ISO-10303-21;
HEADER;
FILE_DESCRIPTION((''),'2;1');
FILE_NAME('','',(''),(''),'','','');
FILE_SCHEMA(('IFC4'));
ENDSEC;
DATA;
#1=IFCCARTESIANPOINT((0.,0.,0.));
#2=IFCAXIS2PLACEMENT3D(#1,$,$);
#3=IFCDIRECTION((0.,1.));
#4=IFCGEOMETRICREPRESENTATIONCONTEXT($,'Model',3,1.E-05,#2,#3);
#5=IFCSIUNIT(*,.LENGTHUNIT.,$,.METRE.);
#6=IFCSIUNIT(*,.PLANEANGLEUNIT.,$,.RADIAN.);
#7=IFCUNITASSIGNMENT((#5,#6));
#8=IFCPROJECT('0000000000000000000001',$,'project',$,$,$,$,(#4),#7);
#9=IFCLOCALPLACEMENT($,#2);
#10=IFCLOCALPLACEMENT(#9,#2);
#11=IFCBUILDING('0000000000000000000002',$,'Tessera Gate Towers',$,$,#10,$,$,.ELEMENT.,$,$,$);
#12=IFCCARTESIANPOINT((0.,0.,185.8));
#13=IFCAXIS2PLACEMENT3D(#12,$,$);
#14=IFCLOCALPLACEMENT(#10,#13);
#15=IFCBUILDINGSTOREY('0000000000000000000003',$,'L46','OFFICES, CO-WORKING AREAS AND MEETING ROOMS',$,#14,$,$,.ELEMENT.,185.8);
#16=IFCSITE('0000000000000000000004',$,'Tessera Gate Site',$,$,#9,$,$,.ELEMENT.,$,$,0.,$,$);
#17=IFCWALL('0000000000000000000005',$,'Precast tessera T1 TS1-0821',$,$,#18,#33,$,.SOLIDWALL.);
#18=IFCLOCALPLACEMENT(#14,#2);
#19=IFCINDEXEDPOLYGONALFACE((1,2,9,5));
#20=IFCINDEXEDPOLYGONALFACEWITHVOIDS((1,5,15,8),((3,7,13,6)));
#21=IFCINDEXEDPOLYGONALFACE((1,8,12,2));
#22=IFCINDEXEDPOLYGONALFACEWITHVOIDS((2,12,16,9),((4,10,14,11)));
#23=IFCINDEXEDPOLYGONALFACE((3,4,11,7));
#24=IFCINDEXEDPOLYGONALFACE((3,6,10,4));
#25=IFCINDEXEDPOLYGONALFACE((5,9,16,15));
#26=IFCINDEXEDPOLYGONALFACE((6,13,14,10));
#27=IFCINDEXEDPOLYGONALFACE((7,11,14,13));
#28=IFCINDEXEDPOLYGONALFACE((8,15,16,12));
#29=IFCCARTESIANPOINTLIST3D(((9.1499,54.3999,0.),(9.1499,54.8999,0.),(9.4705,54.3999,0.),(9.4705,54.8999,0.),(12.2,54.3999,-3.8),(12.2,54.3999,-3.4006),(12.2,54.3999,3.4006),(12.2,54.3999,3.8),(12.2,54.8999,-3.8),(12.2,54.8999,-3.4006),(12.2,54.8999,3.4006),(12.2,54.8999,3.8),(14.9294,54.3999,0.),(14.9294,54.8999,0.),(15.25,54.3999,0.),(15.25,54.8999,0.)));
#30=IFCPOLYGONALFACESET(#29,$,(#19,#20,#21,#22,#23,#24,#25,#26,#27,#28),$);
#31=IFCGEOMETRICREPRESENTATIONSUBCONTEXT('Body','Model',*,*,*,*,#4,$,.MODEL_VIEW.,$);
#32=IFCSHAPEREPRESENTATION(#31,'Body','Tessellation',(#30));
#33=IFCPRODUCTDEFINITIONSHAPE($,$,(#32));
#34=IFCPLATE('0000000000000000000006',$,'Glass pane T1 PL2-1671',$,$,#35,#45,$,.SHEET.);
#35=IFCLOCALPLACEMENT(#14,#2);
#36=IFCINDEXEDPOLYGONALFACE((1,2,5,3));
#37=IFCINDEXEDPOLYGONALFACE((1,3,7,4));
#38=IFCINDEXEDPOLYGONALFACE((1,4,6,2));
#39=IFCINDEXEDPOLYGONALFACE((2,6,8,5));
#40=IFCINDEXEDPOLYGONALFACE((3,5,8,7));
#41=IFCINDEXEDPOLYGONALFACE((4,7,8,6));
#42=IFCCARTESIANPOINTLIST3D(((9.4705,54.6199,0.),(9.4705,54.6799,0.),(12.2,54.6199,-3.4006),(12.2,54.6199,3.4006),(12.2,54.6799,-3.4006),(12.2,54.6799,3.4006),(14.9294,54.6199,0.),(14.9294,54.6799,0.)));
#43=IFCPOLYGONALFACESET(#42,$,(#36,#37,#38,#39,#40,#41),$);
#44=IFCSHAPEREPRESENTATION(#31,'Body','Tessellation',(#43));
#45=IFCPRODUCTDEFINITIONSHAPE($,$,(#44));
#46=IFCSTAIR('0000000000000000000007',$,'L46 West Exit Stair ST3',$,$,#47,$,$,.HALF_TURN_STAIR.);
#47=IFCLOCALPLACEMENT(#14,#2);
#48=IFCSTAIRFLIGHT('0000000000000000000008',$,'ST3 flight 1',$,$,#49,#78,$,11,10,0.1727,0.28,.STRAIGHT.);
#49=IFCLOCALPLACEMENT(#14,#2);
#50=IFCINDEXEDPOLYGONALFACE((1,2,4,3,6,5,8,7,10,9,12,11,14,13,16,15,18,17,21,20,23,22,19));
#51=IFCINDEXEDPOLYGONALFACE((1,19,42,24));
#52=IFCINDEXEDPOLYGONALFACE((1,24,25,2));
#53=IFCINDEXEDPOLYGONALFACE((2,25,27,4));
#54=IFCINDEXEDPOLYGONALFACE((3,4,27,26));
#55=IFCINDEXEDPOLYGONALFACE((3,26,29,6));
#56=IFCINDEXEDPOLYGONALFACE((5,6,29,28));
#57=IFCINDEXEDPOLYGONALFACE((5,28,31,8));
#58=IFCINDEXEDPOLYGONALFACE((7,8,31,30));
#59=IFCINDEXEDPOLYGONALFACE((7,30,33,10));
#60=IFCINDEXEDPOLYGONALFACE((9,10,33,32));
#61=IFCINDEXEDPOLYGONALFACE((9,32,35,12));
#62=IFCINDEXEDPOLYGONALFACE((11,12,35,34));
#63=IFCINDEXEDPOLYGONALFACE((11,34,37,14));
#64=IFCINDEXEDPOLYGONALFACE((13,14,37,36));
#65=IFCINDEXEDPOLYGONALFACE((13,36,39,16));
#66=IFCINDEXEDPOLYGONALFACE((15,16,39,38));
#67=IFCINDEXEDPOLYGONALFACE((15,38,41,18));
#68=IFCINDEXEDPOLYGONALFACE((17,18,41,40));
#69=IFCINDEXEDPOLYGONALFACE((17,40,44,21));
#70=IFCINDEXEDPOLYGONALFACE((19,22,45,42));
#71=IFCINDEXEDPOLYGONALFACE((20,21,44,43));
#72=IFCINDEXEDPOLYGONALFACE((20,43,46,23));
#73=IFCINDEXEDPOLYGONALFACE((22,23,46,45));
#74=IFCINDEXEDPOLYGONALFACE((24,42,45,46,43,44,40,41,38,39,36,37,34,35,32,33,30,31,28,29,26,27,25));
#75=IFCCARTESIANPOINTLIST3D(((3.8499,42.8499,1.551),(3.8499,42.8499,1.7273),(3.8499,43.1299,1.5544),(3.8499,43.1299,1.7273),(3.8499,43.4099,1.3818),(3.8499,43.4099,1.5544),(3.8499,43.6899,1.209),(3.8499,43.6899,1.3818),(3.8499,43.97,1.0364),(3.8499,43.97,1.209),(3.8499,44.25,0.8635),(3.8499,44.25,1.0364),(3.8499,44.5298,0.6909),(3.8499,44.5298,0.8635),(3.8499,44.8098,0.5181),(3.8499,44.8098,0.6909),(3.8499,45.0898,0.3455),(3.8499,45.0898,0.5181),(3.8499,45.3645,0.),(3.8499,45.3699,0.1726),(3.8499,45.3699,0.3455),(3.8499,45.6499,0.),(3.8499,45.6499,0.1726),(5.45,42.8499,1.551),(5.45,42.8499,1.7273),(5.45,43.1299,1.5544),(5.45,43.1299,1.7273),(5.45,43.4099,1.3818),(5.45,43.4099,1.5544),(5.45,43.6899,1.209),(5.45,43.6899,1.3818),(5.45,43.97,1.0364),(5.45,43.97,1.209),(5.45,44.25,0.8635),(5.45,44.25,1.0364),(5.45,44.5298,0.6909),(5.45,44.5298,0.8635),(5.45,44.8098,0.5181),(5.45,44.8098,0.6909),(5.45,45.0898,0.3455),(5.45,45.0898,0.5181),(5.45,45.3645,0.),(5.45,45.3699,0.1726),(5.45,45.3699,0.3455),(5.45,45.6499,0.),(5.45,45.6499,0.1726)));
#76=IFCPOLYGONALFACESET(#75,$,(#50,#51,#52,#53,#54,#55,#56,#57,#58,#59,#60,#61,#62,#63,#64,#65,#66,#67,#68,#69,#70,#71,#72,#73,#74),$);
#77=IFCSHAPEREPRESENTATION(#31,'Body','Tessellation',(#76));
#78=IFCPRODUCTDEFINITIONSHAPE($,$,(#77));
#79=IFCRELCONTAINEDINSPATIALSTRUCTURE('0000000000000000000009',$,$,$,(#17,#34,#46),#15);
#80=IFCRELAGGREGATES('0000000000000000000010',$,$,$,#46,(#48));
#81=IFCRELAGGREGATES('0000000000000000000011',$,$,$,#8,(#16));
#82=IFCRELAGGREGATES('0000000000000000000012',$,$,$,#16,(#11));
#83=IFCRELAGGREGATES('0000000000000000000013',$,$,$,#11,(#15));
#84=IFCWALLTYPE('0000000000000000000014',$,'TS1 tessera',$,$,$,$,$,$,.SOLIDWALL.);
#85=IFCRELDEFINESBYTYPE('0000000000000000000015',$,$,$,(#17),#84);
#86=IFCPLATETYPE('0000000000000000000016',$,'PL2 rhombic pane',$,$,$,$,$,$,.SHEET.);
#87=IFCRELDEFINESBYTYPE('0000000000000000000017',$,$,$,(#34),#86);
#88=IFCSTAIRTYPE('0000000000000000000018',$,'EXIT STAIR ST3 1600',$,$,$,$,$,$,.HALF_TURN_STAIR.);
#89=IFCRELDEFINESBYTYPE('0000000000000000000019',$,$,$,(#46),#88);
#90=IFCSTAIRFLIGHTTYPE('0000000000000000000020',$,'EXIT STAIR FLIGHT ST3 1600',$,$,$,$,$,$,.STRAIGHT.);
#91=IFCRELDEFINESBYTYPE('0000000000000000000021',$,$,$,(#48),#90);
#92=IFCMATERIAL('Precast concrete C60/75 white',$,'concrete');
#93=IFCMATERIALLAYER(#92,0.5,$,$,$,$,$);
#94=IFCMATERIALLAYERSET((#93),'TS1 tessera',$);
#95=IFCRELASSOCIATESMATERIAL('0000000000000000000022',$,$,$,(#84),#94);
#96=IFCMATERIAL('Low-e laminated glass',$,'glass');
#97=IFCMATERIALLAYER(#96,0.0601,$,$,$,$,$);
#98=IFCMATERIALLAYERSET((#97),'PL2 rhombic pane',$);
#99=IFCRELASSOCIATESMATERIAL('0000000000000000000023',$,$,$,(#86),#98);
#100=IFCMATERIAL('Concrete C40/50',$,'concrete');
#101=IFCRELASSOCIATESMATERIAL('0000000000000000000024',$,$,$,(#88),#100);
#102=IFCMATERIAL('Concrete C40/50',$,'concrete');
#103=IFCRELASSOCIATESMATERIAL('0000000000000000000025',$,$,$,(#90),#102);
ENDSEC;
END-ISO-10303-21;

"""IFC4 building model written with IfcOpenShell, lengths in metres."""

from ifc_helpers import new_model, si_unit, direction, frame, origin, place, context, subcontext, project, spatial, polyline, outline, extrude, source, transform, mapped, material, layer, layer_set, type_object, element, fill, aggregate, save


model = new_model("IFC4")

# Units and contexts
model_context = context("Model", 3, precision=1e-05, world=origin(), true_north=direction((0.0, 1.0)))
body_context = subcontext(model_context, "Body", "Model", "MODEL_VIEW")
ifc_project = project(units=[si_unit("LENGTHUNIT", "METRE"), si_unit("PLANEANGLEUNIT", "RADIAN")], contexts=[model_context])

# Site, building, storey
site_placement = place(None, origin())
site = spatial("IfcSite", under=ifc_project, at=site_placement, Name="Tessera Gate Site", CompositionType="ELEMENT", RefElevation=0.0)
building_placement = place(site_placement, origin())
building = spatial("IfcBuilding", under=site, at=building_placement, Name="Tessera Gate Towers", CompositionType="ELEMENT")
storey_placement = place(building_placement, frame((0.0, 0.0, 185.8)))
storey = spatial("IfcBuildingStorey", under=building, at=storey_placement, Name="L46", Description="OFFICES, CO-WORKING AREAS AND MEETING ROOMS", CompositionType="ELEMENT", Elevation=185.8)

# Wall, opening, plate
ifc_material_1 = material(Name="Precast concrete C60/75 white", Category="concrete")
ifc_layer_1 = layer(ifc_material_1, 0.5)
ifc_layer_set_1 = layer_set([ifc_layer_1], Name="TS1 tessera")
wall_type_1 = type_object("IfcWallType", Name="TS1 tessera", PredefinedType="SOLIDWALL", material=ifc_layer_set_1)
shared_shape_1 = source(origin(), body_context, "Body", "SweptSolid", [
    extrude(outline(polyline([(3.05, 0.0), (6.1001, 3.8), (3.05, 7.6001), (0.0, 3.8), (3.05, 0.0)])), frame((0.0, 0.25, 0.0), z_axis=(0.0, -1.0, 0.0), x_axis=(1.0, 0.0, 0.0)), (0.0, 0.0, 1.0), 0.5),
])
wall_1_placement = place(storey_placement, frame((15.25, 54.6499, -3.8), z_axis=(0.0, 0.0, 1.0), x_axis=(-1.0, 0.0, 0.0)))
wall_1 = element("IfcWall", 1, at=wall_1_placement, inside=storey, type_object=wall_type_1, Name="Precast tessera T1 TS1-0821", PredefinedType="SOLIDWALL", context=body_context, shape_type="MappedRepresentation", body=[
    mapped(shared_shape_1, transform((0.0, 0.0, 0.0), scale=1.0)),
])
shared_shape_2 = source(origin(), body_context, "Body", "SweptSolid", [
    extrude(outline(polyline([(3.05, 0.3994), (5.7795, 3.8), (3.05, 7.2007), (0.3206, 3.8), (3.05, 0.3994)])), frame((0.0, 0.26, 0.0), z_axis=(0.0, -1.0, 0.0), x_axis=(1.0, 0.0, 0.0)), (0.0, 0.0, 1.0), 0.52),
])
opening_1_placement = place(wall_1_placement, origin())
opening_1 = element("IfcOpeningElement", 2, at=opening_1_placement, cuts=wall_1, PredefinedType="OPENING", context=body_context, shape_type="MappedRepresentation", body=[
    mapped(shared_shape_2, transform((0.0, 0.0, 0.0), scale=1.0)),
])
ifc_material_2 = material(Name="Low-e laminated glass", Category="glass")
ifc_layer_2 = layer(ifc_material_2, 0.0601)
ifc_layer_set_2 = layer_set([ifc_layer_2], Name="PL2 rhombic pane")
plate_type = type_object("IfcPlateType", Name="PL2 rhombic pane", PredefinedType="SHEET", material=ifc_layer_set_2)
shared_shape_3 = source(origin(), body_context, "Body", "SweptSolid", [
    extrude(outline(polyline([(3.05, 0.3994), (5.7795, 3.8), (3.05, 7.2007), (0.3206, 3.8), (3.05, 0.3994)])), frame((0.0, 0.03, 0.0), z_axis=(0.0, -1.0, 0.0), x_axis=(1.0, 0.0, 0.0)), (0.0, 0.0, 1.0), 0.0601),
])
plate_placement = place(opening_1_placement, origin())
plate = element("IfcPlate", 3, at=plate_placement, inside=storey, type_object=plate_type, Name="Glass pane T1 PL2-1671", PredefinedType="SHEET", context=body_context, shape_type="MappedRepresentation", body=[
    mapped(shared_shape_3, transform((0.0, 0.0, 0.0), scale=1.0)),
])
fill(opening_1, plate)

# Stair, stair flight
ifc_material_3 = material(Name="Concrete C40/50", Category="concrete")
stair_type = type_object("IfcStairType", Name="EXIT STAIR ST3 1600", PredefinedType="HALF_TURN_STAIR", material=ifc_material_3)
stair_placement = place(storey_placement, origin())
stair = element("IfcStair", 4, at=stair_placement, inside=storey, type_object=stair_type, Name="L46 West Exit Stair ST3", PredefinedType="HALF_TURN_STAIR")
ifc_material_4 = material(Name="Concrete C40/50", Category="concrete")
stair_flight_type = type_object("IfcStairFlightType", Name="EXIT STAIR FLIGHT ST3 1600", PredefinedType="STRAIGHT", material=ifc_material_4)
stair_flight_placement = place(storey_placement, frame((4.6499, 45.6499, 0.0), z_axis=(0.0, 0.0, 1.0), x_axis=(0.0, -1.0, 0.0)))
stair_flight = element("IfcStairFlight", 5, at=stair_flight_placement, type_object=stair_flight_type, Name="ST3 flight 1", NumberOfRisers=11, NumberOfTreads=10, PredefinedType="STRAIGHT", RiserHeight=0.1727, TreadLength=0.28, context=body_context, shape_type="SweptSolid", body=[
    extrude(outline(polyline([(0.0, 0.0), (0.0, 0.1726), (0.28, 0.1726), (0.28, 0.3455), (0.5601, 0.3455), (0.5601, 0.5181), (0.8401, 0.5181), (0.8401, 0.6909), (1.1201, 0.6909), (1.1201, 0.8635), (1.3999, 0.8635), (1.3999, 1.0364), (1.6799, 1.0364), (1.6799, 1.209), (1.96, 1.209), (1.96, 1.3818), (2.24, 1.3818), (2.24, 1.5544), (2.52, 1.5544), (2.52, 1.7273), (2.8, 1.7273), (2.8, 1.8999), (2.8, 1.551), (0.2854, 0.0), (0.0, 0.0)])), frame((0.0, 0.8, 0.0), z_axis=(0.0, -1.0, 0.0), x_axis=(1.0, 0.0, 0.0)), (0.0, 0.0, 1.0), 1.6001),
])
aggregate(stair, [stair_flight])

save(model, "model.ifc")
